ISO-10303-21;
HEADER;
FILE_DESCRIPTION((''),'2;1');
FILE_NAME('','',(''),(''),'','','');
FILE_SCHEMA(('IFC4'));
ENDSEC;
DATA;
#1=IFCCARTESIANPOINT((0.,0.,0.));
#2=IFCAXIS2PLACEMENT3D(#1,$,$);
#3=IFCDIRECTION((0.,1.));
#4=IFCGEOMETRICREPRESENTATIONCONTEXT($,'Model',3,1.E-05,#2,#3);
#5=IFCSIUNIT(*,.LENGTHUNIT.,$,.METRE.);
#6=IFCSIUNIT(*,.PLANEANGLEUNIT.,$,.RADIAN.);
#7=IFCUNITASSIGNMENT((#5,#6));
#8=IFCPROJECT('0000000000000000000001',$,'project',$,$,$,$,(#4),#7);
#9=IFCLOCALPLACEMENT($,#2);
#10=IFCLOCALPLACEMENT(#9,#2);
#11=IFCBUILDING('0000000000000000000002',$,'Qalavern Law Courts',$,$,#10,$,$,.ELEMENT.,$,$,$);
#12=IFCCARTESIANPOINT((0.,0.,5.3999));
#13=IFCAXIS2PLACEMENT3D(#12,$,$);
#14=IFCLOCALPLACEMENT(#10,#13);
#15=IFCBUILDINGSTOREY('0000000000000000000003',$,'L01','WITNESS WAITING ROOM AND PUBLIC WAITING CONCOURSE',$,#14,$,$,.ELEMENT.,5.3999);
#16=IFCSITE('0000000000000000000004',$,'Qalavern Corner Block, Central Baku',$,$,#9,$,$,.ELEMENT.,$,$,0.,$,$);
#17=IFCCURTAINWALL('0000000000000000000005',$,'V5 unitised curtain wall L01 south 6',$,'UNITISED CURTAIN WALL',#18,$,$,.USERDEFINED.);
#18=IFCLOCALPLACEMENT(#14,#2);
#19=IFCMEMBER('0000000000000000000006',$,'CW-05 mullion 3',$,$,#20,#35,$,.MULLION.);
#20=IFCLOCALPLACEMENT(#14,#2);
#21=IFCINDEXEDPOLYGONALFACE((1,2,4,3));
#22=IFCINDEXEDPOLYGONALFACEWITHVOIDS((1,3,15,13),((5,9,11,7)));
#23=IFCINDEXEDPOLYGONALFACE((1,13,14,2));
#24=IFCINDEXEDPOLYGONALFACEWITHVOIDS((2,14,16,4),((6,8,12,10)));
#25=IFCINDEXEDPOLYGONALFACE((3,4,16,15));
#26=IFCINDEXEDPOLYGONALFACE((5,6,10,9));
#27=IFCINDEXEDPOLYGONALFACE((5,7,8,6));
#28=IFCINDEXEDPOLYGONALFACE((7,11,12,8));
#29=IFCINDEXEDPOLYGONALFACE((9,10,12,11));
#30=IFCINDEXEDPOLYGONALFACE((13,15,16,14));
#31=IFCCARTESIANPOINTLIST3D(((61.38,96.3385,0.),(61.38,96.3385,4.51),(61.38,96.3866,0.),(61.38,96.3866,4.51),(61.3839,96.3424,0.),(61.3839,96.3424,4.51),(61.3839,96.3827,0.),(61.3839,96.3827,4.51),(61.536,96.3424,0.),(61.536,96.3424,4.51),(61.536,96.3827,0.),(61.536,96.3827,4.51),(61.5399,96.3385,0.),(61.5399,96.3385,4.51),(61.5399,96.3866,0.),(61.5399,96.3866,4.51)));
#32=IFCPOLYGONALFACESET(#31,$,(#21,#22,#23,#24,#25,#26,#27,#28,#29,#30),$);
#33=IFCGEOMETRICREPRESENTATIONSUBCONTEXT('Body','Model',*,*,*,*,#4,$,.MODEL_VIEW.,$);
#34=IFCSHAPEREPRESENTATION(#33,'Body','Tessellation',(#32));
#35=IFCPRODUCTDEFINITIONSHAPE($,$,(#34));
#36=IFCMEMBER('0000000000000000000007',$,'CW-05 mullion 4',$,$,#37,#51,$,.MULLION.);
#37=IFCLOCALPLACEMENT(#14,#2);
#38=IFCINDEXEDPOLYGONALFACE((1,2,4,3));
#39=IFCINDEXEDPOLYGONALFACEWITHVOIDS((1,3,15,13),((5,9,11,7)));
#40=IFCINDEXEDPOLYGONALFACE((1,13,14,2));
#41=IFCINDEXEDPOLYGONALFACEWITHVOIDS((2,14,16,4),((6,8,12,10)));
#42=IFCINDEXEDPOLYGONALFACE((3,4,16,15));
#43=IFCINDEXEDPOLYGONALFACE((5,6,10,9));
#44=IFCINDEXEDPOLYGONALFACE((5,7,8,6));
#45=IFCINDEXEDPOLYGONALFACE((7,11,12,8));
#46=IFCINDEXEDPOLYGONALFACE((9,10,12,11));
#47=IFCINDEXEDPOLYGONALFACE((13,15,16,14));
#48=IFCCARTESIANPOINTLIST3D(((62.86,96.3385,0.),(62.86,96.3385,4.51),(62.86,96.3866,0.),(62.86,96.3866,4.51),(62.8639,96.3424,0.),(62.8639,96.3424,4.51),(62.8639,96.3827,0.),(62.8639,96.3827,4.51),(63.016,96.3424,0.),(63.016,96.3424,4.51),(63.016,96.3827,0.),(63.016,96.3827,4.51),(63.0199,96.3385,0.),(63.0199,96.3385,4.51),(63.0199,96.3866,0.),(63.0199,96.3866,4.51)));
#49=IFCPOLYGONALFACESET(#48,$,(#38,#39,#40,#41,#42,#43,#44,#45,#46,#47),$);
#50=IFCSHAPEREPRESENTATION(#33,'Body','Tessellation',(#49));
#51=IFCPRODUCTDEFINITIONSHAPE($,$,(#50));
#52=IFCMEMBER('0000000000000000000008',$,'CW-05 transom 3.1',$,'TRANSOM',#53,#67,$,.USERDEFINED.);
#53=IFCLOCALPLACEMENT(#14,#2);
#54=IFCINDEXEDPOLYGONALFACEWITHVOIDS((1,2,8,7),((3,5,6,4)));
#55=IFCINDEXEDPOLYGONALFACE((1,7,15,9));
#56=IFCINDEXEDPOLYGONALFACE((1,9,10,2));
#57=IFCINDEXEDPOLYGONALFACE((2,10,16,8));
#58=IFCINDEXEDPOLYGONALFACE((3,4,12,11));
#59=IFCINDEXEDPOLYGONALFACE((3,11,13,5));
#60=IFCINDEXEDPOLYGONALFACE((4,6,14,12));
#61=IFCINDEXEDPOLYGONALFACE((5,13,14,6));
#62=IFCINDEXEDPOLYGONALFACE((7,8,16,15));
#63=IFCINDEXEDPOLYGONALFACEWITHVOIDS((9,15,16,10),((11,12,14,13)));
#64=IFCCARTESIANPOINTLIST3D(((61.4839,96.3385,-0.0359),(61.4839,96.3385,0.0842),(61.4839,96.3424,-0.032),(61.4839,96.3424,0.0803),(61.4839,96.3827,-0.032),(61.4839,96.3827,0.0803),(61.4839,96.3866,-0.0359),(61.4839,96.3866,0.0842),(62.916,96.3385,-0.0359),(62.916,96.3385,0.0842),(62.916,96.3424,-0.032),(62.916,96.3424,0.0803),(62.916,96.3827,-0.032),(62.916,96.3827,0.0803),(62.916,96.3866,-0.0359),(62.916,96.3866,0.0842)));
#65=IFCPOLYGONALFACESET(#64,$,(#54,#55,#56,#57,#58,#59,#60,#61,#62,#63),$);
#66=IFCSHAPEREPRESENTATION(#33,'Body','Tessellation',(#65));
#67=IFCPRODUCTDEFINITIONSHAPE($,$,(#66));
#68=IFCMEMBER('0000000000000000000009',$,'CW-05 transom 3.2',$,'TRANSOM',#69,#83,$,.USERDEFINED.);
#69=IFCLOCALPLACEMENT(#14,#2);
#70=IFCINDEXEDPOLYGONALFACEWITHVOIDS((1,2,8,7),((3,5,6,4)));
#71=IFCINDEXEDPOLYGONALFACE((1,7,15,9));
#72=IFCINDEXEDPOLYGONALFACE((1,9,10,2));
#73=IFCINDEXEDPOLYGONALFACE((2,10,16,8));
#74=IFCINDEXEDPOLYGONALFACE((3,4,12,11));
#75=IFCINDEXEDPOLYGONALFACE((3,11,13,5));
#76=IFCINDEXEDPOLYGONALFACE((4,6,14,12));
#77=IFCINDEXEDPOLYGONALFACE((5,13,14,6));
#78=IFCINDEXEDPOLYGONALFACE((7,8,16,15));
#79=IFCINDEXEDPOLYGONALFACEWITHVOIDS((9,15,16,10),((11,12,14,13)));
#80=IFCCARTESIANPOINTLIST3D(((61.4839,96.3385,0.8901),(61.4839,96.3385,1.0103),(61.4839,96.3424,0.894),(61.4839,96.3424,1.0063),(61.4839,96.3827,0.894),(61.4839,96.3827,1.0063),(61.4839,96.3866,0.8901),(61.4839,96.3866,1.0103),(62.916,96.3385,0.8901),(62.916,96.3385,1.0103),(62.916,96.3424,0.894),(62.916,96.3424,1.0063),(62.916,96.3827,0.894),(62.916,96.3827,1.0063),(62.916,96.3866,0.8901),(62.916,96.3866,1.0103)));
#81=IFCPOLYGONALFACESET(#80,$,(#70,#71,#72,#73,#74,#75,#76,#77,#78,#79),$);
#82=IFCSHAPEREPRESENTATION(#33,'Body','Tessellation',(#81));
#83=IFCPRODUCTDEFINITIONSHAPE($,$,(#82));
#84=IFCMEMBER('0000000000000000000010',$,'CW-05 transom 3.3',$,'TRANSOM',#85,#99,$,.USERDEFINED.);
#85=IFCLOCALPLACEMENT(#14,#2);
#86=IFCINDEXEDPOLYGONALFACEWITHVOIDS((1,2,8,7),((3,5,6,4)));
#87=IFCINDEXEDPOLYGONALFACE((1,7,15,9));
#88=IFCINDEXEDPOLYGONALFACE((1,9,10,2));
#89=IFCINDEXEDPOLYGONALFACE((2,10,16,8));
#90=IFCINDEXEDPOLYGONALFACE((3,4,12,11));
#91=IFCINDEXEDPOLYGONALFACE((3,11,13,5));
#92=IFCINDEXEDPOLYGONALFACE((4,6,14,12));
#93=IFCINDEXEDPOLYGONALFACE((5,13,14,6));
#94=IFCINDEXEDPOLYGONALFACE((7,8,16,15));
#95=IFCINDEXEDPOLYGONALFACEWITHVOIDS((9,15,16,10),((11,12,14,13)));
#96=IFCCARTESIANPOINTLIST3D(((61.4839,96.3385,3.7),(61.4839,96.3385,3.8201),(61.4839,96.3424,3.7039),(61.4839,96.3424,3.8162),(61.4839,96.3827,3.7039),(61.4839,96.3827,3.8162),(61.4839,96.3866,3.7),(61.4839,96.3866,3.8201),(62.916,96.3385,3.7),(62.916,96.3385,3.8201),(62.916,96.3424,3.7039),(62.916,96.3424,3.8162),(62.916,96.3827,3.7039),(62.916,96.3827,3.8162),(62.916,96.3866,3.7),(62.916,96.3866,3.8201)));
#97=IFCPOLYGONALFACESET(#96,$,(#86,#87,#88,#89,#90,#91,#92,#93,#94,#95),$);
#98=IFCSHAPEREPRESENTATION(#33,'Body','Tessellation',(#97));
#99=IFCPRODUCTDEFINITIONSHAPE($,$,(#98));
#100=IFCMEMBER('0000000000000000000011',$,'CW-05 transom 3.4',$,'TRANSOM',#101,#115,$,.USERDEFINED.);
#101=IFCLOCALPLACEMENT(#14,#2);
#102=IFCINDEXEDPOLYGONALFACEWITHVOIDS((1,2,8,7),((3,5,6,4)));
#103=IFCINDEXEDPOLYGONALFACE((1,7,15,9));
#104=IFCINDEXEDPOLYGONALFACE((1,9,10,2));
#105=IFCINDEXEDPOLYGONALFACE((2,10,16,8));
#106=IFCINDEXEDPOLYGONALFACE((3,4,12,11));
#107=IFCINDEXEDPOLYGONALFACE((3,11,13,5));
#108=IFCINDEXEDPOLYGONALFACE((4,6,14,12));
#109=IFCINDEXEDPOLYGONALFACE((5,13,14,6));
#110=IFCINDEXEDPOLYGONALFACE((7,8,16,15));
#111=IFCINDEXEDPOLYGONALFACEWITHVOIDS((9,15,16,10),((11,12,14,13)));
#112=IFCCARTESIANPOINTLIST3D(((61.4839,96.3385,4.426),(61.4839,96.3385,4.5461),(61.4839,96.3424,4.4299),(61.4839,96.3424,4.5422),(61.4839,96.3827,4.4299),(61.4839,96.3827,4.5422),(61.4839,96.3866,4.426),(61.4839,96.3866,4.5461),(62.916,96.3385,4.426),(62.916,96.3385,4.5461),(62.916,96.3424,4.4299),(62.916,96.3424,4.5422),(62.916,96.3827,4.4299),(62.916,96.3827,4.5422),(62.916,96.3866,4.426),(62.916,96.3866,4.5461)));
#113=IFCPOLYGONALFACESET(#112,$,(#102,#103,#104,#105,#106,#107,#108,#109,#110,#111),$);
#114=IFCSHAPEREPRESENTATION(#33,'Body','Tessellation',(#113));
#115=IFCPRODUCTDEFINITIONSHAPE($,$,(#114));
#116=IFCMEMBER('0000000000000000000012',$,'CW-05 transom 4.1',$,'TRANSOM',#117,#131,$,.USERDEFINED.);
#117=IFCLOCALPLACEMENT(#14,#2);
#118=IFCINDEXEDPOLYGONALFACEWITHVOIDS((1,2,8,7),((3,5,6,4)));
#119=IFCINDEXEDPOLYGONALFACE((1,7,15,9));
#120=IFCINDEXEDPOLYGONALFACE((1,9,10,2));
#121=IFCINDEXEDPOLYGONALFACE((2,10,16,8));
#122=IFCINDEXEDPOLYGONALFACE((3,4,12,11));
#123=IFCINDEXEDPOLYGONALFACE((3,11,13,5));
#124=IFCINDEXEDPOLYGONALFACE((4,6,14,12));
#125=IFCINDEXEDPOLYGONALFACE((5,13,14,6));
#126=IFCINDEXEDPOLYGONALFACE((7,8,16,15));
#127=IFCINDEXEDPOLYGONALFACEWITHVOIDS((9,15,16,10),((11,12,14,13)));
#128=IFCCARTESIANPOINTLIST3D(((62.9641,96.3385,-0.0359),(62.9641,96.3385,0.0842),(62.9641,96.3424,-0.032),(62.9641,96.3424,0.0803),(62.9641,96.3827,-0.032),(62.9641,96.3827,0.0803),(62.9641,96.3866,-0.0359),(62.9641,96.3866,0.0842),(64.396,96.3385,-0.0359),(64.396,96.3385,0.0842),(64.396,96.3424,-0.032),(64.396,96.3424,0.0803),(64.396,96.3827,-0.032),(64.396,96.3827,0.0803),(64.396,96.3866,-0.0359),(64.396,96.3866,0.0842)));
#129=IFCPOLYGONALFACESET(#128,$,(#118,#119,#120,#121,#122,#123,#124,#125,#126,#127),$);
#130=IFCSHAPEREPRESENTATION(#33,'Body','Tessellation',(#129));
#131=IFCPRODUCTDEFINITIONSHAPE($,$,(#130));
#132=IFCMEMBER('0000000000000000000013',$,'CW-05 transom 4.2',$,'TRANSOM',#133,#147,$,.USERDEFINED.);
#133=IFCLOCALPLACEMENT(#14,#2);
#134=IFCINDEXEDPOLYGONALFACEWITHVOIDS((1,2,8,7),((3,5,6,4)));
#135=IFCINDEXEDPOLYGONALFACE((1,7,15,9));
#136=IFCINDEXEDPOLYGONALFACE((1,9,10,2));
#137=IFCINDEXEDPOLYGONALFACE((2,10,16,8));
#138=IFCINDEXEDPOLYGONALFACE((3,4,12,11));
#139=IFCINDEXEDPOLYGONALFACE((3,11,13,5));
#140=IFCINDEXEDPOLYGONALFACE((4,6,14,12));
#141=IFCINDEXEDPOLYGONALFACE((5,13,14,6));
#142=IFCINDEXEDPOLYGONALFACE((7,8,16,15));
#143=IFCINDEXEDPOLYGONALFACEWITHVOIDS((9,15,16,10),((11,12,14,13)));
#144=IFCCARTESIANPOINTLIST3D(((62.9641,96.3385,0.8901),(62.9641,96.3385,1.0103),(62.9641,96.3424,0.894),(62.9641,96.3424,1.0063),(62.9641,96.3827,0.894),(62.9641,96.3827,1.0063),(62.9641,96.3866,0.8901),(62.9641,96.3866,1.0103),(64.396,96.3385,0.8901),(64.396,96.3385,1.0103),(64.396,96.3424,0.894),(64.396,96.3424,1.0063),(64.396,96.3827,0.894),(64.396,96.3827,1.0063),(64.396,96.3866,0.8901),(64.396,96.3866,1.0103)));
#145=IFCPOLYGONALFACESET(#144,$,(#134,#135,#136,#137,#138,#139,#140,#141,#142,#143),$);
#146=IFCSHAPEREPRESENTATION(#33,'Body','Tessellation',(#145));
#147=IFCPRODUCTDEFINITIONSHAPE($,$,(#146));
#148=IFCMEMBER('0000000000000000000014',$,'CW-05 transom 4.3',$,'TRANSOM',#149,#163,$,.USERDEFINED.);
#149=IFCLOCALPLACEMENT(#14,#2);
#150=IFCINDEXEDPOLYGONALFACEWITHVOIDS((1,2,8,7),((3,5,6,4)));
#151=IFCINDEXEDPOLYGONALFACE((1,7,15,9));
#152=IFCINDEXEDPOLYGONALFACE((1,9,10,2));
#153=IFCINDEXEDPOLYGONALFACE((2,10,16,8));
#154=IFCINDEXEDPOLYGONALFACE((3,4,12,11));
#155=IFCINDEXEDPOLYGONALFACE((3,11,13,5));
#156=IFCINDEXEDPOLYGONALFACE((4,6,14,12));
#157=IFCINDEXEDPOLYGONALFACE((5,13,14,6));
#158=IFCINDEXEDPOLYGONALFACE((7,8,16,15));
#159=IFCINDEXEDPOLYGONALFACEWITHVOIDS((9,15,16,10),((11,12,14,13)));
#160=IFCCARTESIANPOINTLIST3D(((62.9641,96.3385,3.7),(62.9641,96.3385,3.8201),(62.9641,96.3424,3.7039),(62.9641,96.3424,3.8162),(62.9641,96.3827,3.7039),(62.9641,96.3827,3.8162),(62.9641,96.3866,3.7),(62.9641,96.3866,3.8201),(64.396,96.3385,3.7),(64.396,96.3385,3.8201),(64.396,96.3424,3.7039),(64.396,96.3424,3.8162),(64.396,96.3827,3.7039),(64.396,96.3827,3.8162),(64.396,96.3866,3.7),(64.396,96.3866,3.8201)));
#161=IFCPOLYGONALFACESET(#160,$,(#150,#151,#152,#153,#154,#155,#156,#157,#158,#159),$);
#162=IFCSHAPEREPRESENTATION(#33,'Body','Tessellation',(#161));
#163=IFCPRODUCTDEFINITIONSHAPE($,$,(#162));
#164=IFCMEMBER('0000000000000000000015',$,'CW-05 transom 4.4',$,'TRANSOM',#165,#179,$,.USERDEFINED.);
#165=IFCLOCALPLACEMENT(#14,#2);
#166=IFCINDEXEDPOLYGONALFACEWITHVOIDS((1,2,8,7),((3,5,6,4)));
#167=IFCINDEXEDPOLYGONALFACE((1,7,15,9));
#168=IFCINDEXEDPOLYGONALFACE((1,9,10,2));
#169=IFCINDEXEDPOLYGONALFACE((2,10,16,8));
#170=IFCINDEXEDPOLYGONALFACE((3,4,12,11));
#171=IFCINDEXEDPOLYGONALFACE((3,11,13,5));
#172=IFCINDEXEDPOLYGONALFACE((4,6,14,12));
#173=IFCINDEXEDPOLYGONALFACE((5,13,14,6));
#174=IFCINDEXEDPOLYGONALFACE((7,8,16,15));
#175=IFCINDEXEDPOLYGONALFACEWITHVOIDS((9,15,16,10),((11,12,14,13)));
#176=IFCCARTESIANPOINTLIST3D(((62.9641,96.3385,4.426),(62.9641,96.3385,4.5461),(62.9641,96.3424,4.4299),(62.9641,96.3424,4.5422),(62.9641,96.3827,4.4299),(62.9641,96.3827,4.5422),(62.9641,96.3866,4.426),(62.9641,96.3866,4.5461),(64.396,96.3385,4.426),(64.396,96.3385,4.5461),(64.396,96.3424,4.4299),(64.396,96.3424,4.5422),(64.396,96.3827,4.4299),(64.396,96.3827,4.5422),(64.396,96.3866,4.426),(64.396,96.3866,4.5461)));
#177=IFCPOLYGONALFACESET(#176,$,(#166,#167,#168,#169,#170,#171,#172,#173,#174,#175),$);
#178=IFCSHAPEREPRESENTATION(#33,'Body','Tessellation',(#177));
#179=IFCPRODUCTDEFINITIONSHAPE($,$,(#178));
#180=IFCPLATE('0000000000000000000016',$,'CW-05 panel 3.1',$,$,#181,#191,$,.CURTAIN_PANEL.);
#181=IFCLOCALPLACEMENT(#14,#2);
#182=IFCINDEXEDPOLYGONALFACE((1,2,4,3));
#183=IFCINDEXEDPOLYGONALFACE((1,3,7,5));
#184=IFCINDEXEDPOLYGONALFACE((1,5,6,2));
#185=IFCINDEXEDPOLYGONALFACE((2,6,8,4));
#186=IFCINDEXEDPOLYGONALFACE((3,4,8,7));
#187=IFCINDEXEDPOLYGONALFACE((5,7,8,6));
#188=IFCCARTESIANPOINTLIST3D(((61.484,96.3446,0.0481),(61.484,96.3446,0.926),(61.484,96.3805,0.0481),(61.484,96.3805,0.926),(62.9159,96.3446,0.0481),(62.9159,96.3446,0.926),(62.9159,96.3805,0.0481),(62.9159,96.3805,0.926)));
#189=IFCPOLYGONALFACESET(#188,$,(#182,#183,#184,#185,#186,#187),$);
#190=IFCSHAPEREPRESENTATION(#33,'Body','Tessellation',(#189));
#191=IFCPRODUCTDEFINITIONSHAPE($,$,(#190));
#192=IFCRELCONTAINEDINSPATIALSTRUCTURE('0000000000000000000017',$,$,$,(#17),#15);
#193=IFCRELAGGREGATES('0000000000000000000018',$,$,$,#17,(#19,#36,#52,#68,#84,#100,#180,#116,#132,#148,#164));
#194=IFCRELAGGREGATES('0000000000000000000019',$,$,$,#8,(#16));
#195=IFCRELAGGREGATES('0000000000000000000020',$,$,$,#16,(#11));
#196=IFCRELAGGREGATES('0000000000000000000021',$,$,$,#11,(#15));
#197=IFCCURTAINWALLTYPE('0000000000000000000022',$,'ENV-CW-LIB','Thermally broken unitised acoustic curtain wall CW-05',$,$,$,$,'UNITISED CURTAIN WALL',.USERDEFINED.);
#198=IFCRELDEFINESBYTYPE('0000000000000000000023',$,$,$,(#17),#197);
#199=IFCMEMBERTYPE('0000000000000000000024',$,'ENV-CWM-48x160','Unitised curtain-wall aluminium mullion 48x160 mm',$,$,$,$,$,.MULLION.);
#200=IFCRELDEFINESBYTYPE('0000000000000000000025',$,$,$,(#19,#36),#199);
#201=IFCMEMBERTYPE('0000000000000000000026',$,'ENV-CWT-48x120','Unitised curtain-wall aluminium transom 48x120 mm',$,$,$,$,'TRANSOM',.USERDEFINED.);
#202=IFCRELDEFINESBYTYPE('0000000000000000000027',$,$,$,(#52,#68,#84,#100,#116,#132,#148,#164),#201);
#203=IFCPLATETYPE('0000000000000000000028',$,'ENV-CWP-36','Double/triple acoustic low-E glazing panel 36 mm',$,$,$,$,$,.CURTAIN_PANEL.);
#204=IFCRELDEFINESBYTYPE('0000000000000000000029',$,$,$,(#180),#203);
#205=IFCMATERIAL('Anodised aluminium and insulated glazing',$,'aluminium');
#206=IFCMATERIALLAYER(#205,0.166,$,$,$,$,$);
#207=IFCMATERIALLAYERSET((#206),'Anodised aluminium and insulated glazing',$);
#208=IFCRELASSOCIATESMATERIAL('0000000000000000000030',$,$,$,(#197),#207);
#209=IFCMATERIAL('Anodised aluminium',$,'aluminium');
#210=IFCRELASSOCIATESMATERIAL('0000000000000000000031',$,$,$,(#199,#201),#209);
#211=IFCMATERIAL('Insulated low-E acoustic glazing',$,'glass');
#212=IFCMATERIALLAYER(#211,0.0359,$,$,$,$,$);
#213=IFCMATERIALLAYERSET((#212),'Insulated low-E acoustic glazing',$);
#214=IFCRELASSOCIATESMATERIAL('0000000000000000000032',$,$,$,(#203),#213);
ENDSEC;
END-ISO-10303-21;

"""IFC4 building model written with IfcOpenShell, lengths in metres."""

from ifc_helpers import new_model, si_unit, direction, frame, origin, origin_2d, place, context, subcontext, project, spatial, rectangle, hollow_rectangle, extrude, material, layer, layer_set, material_profile, profile_set, type_object, element, aggregate, save


model = new_model("IFC4")

# Units and contexts
model_context = context("Model", 3, precision=1e-05, world=origin(), true_north=direction((0.0, 1.0)))
body_context = subcontext(model_context, "Body", "Model", "MODEL_VIEW")
ifc_project = project(units=[si_unit("LENGTHUNIT", "METRE"), si_unit("PLANEANGLEUNIT", "RADIAN")], contexts=[model_context])

# Site, building, storey
site_placement = place(None, origin())
site = spatial("IfcSite", under=ifc_project, at=site_placement, Name="Qalavern Corner Block, Central Baku", CompositionType="ELEMENT", RefElevation=0.0)
building_placement = place(site_placement, origin())
building = spatial("IfcBuilding", under=site, at=building_placement, Name="Qalavern Law Courts", CompositionType="ELEMENT")
storey_placement = place(building_placement, frame((0.0, 0.0, 5.3999)))
storey = spatial("IfcBuildingStorey", under=building, at=storey_placement, Name="L01", Description="WITNESS WAITING ROOM AND PUBLIC WAITING CONCOURSE", CompositionType="ELEMENT", Elevation=5.3999)

# Curtain wall, members, plate
ifc_material_1 = material(Name="Anodised aluminium and insulated glazing", Category="aluminium")
ifc_layer_1 = layer(ifc_material_1, 0.166)
ifc_layer_set_1 = layer_set([ifc_layer_1], Name="Anodised aluminium and insulated glazing")
curtain_wall_type = type_object("IfcCurtainWallType", Name="ENV-CW-LIB", Description="Thermally broken unitised acoustic curtain wall CW-05", ElementType="UNITISED CURTAIN WALL", PredefinedType="USERDEFINED", material=ifc_layer_set_1)
curtain_wall_placement = place(storey_placement, origin())
curtain_wall = element("IfcCurtainWall", 1, at=curtain_wall_placement, inside=storey, type_object=curtain_wall_type, Name="V5 unitised curtain wall L01 south 6", ObjectType="UNITISED CURTAIN WALL", PredefinedType="USERDEFINED")
ifc_material_2 = material(Name="Anodised aluminium", Category="aluminium")
ifc_material_profile_1 = material_profile(ifc_material_2, hollow_rectangle(XDim=0.0481, YDim=0.1599, WallThickness=0.0039, at=origin_2d()), Name="ALU MULLION 48x160")
ifc_profile_set_1 = profile_set([ifc_material_profile_1], Name="Anodised aluminium")
member_type_1 = type_object("IfcMemberType", Name="ENV-CWM-48x160", Description="Unitised curtain-wall aluminium mullion 48x160 mm", PredefinedType="MULLION", material=ifc_profile_set_1)
member_1_placement = place(storey_placement, frame((61.46, 96.3625, 0.0), z_axis=(0.0, 0.0, 1.0), x_axis=(0.0, 1.0, 0.0)))
member_1 = element("IfcMember", 2, at=member_1_placement, type_object=member_type_1, Name="CW-05 mullion 3", PredefinedType="MULLION", context=body_context, shape_type="SweptSolid", body=[
    extrude(hollow_rectangle(XDim=0.0481, YDim=0.1599, WallThickness=0.0039, at=origin_2d()), origin(), (0.0, 0.0, 1.0), 4.51),
])
member_2_placement = place(storey_placement, frame((62.9399, 96.3625, 0.0), z_axis=(0.0, 0.0, 1.0), x_axis=(0.0, 1.0, 0.0)))
member_2 = element("IfcMember", 3, at=member_2_placement, type_object=member_type_1, Name="CW-05 mullion 4", PredefinedType="MULLION", context=body_context, shape_type="SweptSolid", body=[
    extrude(hollow_rectangle(XDim=0.0481, YDim=0.1599, WallThickness=0.0039, at=origin_2d()), origin(), (0.0, 0.0, 1.0), 4.51),
])
ifc_material_profile_2 = material_profile(ifc_material_2, hollow_rectangle(XDim=0.0481, YDim=0.1201, WallThickness=0.0039, at=origin_2d()), Name="ALU TRANSOM 48x120")
ifc_profile_set_2 = profile_set([ifc_material_profile_2], Name="Anodised aluminium")
member_type_2 = type_object("IfcMemberType", Name="ENV-CWT-48x120", Description="Unitised curtain-wall aluminium transom 48x120 mm", ElementType="TRANSOM", PredefinedType="USERDEFINED", material=ifc_profile_set_2)
member_3_placement = place(storey_placement, frame((61.4839, 96.3625, 0.0242), z_axis=(1.0, 0.0, 0.0), x_axis=(0.0, 1.0, 0.0)))
member_3 = element("IfcMember", 4, at=member_3_placement, type_object=member_type_2, Name="CW-05 transom 3.1", ObjectType="TRANSOM", PredefinedType="USERDEFINED", context=body_context, shape_type="SweptSolid", body=[
    extrude(hollow_rectangle(XDim=0.0481, YDim=0.1201, WallThickness=0.0039, at=origin_2d()), origin(), (0.0, 0.0, 1.0), 1.4321),
])
member_4_placement = place(storey_placement, frame((61.4839, 96.3625, 0.9502), z_axis=(1.0, 0.0, 0.0), x_axis=(0.0, 1.0, 0.0)))
member_4 = element("IfcMember", 5, at=member_4_placement, type_object=member_type_2, Name="CW-05 transom 3.2", ObjectType="TRANSOM", PredefinedType="USERDEFINED", context=body_context, shape_type="SweptSolid", body=[
    extrude(hollow_rectangle(XDim=0.0481, YDim=0.1201, WallThickness=0.0039, at=origin_2d()), origin(), (0.0, 0.0, 1.0), 1.4321),
])
member_5_placement = place(storey_placement, frame((61.4839, 96.3625, 3.76), z_axis=(1.0, 0.0, 0.0), x_axis=(0.0, 1.0, 0.0)))
member_5 = element("IfcMember", 6, at=member_5_placement, type_object=member_type_2, Name="CW-05 transom 3.3", ObjectType="TRANSOM", PredefinedType="USERDEFINED", context=body_context, shape_type="SweptSolid", body=[
    extrude(hollow_rectangle(XDim=0.0481, YDim=0.1201, WallThickness=0.0039, at=origin_2d()), origin(), (0.0, 0.0, 1.0), 1.4321),
])
member_6_placement = place(storey_placement, frame((61.4839, 96.3625, 4.4861), z_axis=(1.0, 0.0, 0.0), x_axis=(0.0, 1.0, 0.0)))
member_6 = element("IfcMember", 7, at=member_6_placement, type_object=member_type_2, Name="CW-05 transom 3.4", ObjectType="TRANSOM", PredefinedType="USERDEFINED", context=body_context, shape_type="SweptSolid", body=[
    extrude(hollow_rectangle(XDim=0.0481, YDim=0.1201, WallThickness=0.0039, at=origin_2d()), origin(), (0.0, 0.0, 1.0), 1.4321),
])
member_7_placement = place(storey_placement, frame((62.9641, 96.3625, 0.0242), z_axis=(1.0, 0.0, 0.0), x_axis=(0.0, 1.0, 0.0)))
member_7 = element("IfcMember", 8, at=member_7_placement, type_object=member_type_2, Name="CW-05 transom 4.1", ObjectType="TRANSOM", PredefinedType="USERDEFINED", context=body_context, shape_type="SweptSolid", body=[
    extrude(hollow_rectangle(XDim=0.0481, YDim=0.1201, WallThickness=0.0039, at=origin_2d()), origin(), (0.0, 0.0, 1.0), 1.4319),
])
member_8_placement = place(storey_placement, frame((62.9641, 96.3625, 0.9502), z_axis=(1.0, 0.0, 0.0), x_axis=(0.0, 1.0, 0.0)))
member_8 = element("IfcMember", 9, at=member_8_placement, type_object=member_type_2, Name="CW-05 transom 4.2", ObjectType="TRANSOM", PredefinedType="USERDEFINED", context=body_context, shape_type="SweptSolid", body=[
    extrude(hollow_rectangle(XDim=0.0481, YDim=0.1201, WallThickness=0.0039, at=origin_2d()), origin(), (0.0, 0.0, 1.0), 1.4319),
])
member_9_placement = place(storey_placement, frame((62.9641, 96.3625, 3.76), z_axis=(1.0, 0.0, 0.0), x_axis=(0.0, 1.0, 0.0)))
member_9 = element("IfcMember", 10, at=member_9_placement, type_object=member_type_2, Name="CW-05 transom 4.3", ObjectType="TRANSOM", PredefinedType="USERDEFINED", context=body_context, shape_type="SweptSolid", body=[
    extrude(hollow_rectangle(XDim=0.0481, YDim=0.1201, WallThickness=0.0039, at=origin_2d()), origin(), (0.0, 0.0, 1.0), 1.4319),
])
member_10_placement = place(storey_placement, frame((62.9641, 96.3625, 4.4861), z_axis=(1.0, 0.0, 0.0), x_axis=(0.0, 1.0, 0.0)))
member_10 = element("IfcMember", 11, at=member_10_placement, type_object=member_type_2, Name="CW-05 transom 4.4", ObjectType="TRANSOM", PredefinedType="USERDEFINED", context=body_context, shape_type="SweptSolid", body=[
    extrude(hollow_rectangle(XDim=0.0481, YDim=0.1201, WallThickness=0.0039, at=origin_2d()), origin(), (0.0, 0.0, 1.0), 1.4319),
])
ifc_material_3 = material(Name="Insulated low-E acoustic glazing", Category="glass")
ifc_layer_2 = layer(ifc_material_3, 0.0359)
ifc_layer_set_2 = layer_set([ifc_layer_2], Name="Insulated low-E acoustic glazing")
plate_type = type_object("IfcPlateType", Name="ENV-CWP-36", Description="Double/triple acoustic low-E glazing panel 36 mm", PredefinedType="CURTAIN_PANEL", material=ifc_layer_set_2)
plate_1_placement = place(storey_placement, frame((62.2, 96.3625, 0.0481), z_axis=(0.0, 0.0, 1.0), x_axis=(1.0, 0.0, 0.0)))
plate_1 = element("IfcPlate", 12, at=plate_1_placement, type_object=plate_type, Name="CW-05 panel 3.1", PredefinedType="CURTAIN_PANEL", context=body_context, shape_type="SweptSolid", body=[
    extrude(rectangle(XDim=1.4319, YDim=0.0359, at=origin_2d()), origin(), (0.0, 0.0, 1.0), 0.8779),
])
aggregate(curtain_wall, [member_1, member_2, member_3, member_4, member_5, member_6, plate_1, member_7, member_8, member_9, member_10])

save(model, "model.ifc")
